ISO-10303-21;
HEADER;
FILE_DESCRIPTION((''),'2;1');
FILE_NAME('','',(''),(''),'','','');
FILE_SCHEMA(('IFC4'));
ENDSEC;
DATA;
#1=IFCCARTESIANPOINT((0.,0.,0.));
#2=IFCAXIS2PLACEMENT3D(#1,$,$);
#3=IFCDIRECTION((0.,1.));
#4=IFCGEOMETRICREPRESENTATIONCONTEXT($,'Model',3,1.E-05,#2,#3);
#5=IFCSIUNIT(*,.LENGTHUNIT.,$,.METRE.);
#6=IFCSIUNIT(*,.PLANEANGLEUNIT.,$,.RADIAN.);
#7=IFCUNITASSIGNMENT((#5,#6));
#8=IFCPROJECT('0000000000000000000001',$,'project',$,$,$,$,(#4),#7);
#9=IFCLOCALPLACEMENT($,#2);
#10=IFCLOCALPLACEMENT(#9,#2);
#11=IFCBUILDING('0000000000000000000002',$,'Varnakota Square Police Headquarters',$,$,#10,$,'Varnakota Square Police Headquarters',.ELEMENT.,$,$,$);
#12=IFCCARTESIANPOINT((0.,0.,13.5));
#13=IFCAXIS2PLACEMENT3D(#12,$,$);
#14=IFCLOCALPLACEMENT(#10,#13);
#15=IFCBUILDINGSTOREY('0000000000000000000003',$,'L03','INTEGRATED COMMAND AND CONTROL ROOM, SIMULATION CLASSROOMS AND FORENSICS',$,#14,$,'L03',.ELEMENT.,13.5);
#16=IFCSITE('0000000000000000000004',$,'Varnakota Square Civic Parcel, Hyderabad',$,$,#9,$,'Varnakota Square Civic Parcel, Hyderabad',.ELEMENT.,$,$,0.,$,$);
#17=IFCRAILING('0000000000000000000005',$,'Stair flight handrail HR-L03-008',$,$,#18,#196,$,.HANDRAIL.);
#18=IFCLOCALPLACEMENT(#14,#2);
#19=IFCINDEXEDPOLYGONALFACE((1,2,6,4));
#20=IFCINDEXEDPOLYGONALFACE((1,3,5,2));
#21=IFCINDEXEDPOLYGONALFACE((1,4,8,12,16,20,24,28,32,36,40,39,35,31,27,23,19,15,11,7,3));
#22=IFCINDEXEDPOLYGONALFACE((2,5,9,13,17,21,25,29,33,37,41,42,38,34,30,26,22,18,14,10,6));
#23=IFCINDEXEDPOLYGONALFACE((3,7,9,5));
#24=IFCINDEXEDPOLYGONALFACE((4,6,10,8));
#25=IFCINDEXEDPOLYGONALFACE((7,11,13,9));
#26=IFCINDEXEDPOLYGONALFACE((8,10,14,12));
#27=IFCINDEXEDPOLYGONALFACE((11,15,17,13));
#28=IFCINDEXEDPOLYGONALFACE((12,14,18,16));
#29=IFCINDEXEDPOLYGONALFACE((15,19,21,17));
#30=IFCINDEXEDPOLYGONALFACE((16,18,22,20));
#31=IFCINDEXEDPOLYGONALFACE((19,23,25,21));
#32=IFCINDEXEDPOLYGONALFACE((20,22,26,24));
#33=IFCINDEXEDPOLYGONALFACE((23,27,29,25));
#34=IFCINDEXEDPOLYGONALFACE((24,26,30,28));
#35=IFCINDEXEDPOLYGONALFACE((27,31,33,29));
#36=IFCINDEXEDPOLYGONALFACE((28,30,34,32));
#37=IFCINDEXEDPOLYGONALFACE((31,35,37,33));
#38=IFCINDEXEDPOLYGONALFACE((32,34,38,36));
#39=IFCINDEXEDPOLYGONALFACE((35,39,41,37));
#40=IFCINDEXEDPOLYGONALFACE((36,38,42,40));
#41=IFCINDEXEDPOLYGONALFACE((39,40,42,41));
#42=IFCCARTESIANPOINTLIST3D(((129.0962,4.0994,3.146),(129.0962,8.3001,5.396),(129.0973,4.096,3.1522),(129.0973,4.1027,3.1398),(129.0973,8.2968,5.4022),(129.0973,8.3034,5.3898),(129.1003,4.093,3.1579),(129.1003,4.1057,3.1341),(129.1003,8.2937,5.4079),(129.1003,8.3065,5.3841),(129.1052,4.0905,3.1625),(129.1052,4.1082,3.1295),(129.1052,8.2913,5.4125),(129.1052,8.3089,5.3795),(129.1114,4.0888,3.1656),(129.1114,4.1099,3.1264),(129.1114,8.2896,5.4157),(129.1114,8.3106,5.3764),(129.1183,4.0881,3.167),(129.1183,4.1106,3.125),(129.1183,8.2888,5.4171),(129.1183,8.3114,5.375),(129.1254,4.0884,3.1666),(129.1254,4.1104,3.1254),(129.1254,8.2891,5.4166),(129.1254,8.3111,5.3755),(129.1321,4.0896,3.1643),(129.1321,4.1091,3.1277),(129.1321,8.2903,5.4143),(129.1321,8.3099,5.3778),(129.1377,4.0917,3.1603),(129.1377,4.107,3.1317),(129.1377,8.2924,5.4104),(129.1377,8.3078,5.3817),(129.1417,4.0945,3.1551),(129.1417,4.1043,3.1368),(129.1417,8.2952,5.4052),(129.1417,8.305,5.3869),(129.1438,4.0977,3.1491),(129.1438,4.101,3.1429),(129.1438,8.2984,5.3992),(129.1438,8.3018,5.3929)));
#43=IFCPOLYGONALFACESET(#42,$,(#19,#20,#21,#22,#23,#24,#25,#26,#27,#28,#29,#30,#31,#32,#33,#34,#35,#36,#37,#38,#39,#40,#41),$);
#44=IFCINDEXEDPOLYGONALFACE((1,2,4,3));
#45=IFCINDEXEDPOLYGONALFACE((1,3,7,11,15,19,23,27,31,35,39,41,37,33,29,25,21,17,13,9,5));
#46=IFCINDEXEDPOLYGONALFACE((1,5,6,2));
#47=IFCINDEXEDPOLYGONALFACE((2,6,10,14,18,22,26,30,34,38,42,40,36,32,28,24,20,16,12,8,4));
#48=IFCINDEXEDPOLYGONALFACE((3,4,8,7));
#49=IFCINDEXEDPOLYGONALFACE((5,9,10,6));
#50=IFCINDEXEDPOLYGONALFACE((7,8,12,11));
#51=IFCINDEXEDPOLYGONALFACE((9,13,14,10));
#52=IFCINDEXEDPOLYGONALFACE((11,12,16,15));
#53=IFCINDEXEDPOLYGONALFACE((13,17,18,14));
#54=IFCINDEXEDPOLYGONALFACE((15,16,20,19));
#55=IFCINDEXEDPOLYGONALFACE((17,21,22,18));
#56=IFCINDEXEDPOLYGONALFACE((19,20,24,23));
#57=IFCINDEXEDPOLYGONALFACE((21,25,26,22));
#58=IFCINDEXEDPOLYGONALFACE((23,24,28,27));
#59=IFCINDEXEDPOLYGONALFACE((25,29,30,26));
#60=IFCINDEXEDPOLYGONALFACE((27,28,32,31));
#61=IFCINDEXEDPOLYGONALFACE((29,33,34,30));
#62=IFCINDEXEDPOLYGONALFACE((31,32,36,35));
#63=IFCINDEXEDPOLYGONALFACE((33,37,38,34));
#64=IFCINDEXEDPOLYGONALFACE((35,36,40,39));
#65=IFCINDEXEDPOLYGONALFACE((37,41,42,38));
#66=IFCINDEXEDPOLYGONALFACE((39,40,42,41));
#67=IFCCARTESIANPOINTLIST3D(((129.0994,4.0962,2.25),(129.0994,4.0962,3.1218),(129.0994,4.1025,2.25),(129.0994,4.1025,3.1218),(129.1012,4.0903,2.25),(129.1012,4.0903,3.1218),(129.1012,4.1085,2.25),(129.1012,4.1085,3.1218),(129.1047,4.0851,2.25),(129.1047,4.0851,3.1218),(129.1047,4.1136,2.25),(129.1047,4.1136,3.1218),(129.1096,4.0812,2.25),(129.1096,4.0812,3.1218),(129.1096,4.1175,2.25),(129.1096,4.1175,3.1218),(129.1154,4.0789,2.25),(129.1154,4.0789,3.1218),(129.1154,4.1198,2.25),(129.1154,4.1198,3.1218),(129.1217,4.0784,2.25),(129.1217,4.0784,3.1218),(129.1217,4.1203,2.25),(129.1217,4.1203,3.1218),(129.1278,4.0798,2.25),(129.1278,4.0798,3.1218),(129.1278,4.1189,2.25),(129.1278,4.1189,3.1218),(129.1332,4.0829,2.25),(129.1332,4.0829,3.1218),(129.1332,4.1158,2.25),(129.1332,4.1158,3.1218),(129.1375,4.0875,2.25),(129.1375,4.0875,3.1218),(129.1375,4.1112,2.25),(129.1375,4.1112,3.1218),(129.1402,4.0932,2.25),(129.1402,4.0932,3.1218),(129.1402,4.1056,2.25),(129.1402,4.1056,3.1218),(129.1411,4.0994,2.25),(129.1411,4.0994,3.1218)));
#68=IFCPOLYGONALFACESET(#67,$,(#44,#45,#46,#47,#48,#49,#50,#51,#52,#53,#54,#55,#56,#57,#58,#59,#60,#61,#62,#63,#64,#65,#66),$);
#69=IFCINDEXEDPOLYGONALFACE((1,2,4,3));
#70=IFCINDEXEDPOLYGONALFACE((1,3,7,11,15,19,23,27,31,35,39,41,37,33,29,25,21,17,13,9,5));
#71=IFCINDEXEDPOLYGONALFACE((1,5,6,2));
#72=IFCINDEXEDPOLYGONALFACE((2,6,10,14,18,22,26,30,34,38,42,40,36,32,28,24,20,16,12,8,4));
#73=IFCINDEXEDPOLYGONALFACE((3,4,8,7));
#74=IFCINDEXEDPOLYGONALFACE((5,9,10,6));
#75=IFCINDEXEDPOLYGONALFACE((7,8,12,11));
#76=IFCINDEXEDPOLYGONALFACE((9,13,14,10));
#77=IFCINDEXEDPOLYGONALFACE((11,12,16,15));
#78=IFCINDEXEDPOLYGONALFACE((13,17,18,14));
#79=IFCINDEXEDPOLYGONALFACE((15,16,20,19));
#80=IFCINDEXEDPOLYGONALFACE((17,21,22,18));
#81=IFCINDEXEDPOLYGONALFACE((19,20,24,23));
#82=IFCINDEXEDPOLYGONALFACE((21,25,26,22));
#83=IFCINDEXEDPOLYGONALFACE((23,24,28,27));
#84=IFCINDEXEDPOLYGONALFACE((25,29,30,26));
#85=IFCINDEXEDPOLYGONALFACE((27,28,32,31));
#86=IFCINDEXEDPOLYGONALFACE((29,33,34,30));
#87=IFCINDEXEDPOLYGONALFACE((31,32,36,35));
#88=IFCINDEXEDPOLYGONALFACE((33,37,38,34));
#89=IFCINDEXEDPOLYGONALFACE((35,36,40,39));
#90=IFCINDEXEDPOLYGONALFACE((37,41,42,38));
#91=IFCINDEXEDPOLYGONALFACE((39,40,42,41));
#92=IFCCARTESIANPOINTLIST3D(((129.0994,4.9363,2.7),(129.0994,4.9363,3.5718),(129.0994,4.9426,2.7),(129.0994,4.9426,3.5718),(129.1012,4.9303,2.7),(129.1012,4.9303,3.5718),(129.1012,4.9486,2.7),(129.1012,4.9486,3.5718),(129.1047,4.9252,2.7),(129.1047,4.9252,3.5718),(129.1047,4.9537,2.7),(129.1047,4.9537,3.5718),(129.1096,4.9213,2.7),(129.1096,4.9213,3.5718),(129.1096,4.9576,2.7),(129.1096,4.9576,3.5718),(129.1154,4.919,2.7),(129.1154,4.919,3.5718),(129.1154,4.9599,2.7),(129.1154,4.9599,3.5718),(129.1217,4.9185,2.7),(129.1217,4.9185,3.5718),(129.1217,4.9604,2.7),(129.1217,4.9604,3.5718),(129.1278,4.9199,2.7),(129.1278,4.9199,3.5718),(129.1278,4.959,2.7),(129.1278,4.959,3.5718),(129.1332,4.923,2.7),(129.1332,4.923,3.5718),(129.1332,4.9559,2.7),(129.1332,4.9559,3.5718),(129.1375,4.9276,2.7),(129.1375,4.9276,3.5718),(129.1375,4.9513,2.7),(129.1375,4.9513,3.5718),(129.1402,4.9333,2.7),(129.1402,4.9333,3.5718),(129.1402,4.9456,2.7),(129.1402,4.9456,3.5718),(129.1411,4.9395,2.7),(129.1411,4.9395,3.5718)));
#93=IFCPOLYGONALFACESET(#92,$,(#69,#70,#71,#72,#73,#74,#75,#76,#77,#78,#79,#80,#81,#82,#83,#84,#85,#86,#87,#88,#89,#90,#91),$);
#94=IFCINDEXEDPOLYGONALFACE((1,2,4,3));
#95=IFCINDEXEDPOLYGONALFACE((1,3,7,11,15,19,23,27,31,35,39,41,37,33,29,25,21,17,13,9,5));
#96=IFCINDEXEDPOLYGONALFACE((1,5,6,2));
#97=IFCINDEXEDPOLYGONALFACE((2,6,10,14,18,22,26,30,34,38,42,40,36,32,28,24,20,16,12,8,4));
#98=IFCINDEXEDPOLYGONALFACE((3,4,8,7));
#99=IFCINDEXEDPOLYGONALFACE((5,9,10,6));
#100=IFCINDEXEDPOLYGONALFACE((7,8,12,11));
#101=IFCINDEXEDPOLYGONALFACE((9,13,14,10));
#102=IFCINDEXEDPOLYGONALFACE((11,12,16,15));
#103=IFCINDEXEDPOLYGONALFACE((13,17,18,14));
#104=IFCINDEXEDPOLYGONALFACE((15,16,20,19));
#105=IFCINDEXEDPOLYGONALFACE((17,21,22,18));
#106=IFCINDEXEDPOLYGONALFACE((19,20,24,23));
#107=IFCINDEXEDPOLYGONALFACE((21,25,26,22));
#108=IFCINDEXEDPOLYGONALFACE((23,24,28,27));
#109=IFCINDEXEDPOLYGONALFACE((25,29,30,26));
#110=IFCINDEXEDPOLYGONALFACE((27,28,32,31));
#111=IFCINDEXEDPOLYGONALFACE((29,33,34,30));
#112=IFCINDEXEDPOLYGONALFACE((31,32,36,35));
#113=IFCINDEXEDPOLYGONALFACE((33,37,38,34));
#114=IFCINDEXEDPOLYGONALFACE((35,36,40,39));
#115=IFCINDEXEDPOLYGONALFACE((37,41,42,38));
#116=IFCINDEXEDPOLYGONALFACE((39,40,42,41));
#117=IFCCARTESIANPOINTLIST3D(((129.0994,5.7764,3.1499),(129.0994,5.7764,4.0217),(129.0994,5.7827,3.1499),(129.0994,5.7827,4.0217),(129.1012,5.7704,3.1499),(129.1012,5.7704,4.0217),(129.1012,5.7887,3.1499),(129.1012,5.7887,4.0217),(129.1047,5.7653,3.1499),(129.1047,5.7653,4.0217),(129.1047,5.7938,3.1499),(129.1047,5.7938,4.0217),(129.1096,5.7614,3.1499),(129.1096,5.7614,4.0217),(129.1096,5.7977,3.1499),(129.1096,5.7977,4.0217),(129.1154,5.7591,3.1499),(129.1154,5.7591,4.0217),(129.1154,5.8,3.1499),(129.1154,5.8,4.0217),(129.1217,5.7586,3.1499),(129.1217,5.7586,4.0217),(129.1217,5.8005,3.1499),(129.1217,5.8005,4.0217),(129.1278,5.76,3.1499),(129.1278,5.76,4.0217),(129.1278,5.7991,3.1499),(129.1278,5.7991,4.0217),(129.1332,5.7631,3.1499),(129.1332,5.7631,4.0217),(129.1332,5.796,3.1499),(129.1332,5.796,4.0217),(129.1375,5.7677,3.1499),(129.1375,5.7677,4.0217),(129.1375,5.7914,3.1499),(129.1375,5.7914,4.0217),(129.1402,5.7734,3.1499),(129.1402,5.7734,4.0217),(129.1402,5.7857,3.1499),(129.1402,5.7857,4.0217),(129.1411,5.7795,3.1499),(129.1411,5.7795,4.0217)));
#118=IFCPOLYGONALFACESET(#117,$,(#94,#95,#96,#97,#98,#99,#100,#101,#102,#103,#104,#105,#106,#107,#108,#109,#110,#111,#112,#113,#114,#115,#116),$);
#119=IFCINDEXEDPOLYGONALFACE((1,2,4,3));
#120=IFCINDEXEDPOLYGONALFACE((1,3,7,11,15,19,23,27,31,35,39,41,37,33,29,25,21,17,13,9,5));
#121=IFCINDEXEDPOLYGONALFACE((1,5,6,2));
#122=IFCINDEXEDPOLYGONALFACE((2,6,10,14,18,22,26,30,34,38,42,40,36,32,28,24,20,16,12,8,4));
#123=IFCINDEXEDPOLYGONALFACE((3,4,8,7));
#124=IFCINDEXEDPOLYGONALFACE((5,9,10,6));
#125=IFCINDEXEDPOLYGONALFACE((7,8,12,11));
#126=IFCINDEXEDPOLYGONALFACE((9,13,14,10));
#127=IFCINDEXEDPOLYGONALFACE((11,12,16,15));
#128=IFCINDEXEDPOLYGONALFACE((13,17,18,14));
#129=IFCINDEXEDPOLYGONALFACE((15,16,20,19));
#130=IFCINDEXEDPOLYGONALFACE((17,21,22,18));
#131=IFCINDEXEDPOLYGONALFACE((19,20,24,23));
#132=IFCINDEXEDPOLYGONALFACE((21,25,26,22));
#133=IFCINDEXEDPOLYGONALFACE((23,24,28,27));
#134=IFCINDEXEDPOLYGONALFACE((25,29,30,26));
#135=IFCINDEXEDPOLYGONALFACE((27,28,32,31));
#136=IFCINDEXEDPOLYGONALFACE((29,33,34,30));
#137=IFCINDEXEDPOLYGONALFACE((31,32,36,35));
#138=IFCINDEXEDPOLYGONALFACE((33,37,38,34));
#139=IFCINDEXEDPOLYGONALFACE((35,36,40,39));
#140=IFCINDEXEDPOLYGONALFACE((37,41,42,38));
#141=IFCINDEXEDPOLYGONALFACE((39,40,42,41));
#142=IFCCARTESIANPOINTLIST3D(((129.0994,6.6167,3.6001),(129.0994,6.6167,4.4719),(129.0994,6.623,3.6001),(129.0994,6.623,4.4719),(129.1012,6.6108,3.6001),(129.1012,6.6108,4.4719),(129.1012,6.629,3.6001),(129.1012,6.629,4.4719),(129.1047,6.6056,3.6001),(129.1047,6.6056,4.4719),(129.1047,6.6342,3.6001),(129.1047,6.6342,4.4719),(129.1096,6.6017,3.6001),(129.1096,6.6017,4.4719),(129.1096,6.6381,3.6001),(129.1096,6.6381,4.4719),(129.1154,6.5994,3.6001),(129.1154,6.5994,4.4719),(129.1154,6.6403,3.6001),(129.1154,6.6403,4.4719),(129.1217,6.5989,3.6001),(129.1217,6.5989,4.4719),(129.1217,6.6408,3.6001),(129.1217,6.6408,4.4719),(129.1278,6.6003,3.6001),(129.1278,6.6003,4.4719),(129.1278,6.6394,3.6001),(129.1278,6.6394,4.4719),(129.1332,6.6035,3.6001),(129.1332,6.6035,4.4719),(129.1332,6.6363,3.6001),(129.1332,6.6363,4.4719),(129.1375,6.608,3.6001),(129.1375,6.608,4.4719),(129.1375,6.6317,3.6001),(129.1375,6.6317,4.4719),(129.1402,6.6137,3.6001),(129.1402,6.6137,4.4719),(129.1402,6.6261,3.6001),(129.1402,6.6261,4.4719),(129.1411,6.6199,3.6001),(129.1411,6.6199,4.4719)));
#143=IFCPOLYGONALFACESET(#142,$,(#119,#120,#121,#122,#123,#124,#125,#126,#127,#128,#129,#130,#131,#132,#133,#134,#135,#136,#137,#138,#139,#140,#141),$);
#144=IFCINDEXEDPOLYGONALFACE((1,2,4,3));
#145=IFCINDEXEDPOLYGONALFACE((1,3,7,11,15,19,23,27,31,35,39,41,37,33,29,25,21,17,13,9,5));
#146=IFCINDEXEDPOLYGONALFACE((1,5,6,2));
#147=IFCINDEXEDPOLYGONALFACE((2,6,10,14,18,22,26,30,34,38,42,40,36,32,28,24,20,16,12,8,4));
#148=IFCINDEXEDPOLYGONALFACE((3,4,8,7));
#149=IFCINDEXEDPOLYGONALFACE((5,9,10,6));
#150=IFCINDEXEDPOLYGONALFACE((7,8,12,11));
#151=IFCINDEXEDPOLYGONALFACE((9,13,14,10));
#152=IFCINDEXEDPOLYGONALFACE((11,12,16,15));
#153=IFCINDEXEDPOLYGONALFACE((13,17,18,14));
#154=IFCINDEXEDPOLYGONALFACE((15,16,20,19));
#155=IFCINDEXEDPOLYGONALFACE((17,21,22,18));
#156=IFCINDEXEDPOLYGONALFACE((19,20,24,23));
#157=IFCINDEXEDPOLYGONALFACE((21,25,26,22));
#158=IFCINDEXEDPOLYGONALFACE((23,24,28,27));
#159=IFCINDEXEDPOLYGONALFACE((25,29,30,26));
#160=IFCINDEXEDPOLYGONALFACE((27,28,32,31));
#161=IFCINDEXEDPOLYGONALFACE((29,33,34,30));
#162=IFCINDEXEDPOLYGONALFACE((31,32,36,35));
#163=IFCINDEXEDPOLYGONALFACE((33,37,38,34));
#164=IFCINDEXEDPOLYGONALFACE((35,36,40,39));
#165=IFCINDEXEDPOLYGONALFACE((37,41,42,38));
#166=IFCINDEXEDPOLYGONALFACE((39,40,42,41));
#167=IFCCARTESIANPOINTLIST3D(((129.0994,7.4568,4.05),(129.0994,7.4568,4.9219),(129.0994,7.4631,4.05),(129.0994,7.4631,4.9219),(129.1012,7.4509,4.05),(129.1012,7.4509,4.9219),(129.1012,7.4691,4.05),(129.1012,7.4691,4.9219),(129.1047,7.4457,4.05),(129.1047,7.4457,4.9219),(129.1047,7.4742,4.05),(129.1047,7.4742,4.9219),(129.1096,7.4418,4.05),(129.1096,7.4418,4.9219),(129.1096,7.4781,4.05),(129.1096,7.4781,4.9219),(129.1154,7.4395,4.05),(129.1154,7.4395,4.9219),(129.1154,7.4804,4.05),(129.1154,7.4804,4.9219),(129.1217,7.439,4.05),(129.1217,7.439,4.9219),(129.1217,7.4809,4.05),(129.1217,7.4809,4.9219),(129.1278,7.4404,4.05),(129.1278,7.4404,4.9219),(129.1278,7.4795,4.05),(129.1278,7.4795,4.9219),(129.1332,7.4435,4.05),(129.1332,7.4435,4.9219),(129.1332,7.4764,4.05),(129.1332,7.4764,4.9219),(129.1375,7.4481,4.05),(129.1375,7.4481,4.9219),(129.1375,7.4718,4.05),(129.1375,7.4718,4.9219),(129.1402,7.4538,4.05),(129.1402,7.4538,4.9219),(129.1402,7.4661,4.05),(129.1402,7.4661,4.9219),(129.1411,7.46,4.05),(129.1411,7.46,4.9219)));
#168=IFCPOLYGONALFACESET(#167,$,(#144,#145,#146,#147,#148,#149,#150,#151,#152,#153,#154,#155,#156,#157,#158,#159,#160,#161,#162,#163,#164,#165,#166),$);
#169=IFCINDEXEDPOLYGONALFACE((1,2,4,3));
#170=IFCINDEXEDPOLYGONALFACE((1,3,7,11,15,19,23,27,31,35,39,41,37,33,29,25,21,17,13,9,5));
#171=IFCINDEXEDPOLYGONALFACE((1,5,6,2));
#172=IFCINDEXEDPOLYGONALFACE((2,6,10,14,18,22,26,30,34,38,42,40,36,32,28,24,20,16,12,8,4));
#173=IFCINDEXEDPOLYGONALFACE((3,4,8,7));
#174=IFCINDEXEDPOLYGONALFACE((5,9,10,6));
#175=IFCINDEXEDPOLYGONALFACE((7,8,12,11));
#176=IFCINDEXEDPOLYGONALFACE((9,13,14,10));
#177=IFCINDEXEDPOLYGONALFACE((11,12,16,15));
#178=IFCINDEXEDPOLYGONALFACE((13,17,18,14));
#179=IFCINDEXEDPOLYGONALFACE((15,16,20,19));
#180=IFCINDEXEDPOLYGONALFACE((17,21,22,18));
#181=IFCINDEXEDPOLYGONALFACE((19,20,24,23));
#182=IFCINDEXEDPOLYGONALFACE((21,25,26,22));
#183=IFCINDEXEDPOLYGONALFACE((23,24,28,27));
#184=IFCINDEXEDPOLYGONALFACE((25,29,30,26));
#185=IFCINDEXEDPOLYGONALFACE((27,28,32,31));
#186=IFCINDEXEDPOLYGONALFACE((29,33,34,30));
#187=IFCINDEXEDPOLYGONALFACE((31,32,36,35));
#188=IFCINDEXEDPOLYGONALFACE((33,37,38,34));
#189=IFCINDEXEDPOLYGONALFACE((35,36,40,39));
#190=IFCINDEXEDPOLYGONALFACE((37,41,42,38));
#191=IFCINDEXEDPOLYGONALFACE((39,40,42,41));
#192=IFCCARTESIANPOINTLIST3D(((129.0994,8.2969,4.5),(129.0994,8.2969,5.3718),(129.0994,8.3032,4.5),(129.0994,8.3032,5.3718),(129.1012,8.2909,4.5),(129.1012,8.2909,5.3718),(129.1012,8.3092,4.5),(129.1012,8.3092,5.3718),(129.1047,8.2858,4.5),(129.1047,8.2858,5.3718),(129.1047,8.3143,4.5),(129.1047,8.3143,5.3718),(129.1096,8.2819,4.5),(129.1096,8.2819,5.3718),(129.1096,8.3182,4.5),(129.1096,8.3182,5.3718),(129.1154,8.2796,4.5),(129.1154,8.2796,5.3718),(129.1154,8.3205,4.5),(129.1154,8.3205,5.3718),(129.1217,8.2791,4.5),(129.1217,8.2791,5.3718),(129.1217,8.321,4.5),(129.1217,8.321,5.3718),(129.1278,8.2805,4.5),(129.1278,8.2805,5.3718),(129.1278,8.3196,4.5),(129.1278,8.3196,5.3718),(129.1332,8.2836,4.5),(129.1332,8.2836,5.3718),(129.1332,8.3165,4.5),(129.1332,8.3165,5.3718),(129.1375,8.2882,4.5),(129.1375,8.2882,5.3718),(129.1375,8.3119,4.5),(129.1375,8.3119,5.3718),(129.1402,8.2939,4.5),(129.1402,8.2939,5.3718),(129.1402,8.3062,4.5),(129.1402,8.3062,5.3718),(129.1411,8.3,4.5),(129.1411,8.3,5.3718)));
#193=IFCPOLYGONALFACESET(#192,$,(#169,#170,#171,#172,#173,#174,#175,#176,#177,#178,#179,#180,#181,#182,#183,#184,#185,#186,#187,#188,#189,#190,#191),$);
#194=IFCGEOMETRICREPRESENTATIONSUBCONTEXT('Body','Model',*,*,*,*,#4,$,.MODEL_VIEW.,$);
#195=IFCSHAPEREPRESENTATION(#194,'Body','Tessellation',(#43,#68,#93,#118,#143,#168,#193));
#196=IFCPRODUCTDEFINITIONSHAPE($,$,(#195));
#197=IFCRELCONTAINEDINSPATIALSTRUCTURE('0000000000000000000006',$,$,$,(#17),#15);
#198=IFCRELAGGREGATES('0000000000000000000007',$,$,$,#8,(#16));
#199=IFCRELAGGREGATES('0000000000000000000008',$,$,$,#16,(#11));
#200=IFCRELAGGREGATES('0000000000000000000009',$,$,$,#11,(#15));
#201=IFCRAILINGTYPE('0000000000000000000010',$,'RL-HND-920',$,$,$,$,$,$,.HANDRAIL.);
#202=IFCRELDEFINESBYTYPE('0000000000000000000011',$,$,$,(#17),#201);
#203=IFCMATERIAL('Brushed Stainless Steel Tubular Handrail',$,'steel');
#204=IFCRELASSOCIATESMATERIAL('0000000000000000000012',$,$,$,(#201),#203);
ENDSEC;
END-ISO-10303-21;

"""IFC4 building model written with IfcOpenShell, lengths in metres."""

from ifc_helpers import new_model, si_unit, direction, frame, origin, origin_2d, place, context, subcontext, project, spatial, circle, extrude, material, type_object, element, save


model = new_model("IFC4")

# Units and contexts
model_context = context("Model", 3, precision=1e-05, world=origin(), true_north=direction((0.0, 1.0)))
body_context = subcontext(model_context, "Body", "Model", "MODEL_VIEW")
ifc_project = project(units=[si_unit("LENGTHUNIT", "METRE"), si_unit("PLANEANGLEUNIT", "RADIAN")], contexts=[model_context])

# Site, building, storey
site_placement = place(None, origin())
site = spatial("IfcSite", under=ifc_project, at=site_placement, Name="Varnakota Square Civic Parcel, Hyderabad", LongName="Varnakota Square Civic Parcel, Hyderabad", CompositionType="ELEMENT", RefElevation=0.0)
building_placement = place(site_placement, origin())
building = spatial("IfcBuilding", under=site, at=building_placement, Name="Varnakota Square Police Headquarters", LongName="Varnakota Square Police Headquarters", CompositionType="ELEMENT")
storey_placement = place(building_placement, frame((0.0, 0.0, 13.5)))
storey = spatial("IfcBuildingStorey", under=building, at=storey_placement, Name="L03", Description="INTEGRATED COMMAND AND CONTROL ROOM, SIMULATION CLASSROOMS AND FORENSICS", LongName="L03", CompositionType="ELEMENT", Elevation=13.5)

# Railing
ifc_material_1 = material(Name="Brushed Stainless Steel Tubular Handrail", Category="steel")
railing_type_1 = type_object("IfcRailingType", Name="RL-HND-920", PredefinedType="HANDRAIL", material=ifc_material_1)
railing_1_placement = place(storey_placement, frame((129.1201, 4.0994, 2.25)))
element("IfcRailing", 1, at=railing_1_placement, inside=storey, type_object=railing_type_1, Name="Stair flight handrail HR-L03-008", PredefinedType="HANDRAIL", context=body_context, shape_type="SweptSolid", body=[
    extrude(circle(Radius=0.0239, at=origin_2d()), frame((0.0, 0.0, 0.896), z_axis=(0.0, 0.881512, 0.472162), x_axis=(-1.0, 0.0, 0.0)), (0.0, 0.0, 1.0), 4.7654),
    extrude(circle(Radius=0.021, at=origin_2d()), origin(), (0.0, 0.0, 1.0), 0.8718),
    extrude(circle(Radius=0.021, at=origin_2d()), frame((0.0, 0.8401, 0.45)), (0.0, 0.0, 1.0), 0.8718),
    extrude(circle(Radius=0.021, at=origin_2d()), frame((0.0, 1.6802, 0.8999)), (0.0, 0.0, 1.0), 0.8718),
    extrude(circle(Radius=0.021, at=origin_2d()), frame((0.0, 2.5205, 1.3501)), (0.0, 0.0, 1.0), 0.8718),
    extrude(circle(Radius=0.021, at=origin_2d()), frame((0.0, 3.3606, 1.8)), (0.0, 0.0, 1.0), 0.8718),
    extrude(circle(Radius=0.021, at=origin_2d()), frame((0.0, 4.2007, 2.25)), (0.0, 0.0, 1.0), 0.8718),
])

save(model, "model.ifc")
